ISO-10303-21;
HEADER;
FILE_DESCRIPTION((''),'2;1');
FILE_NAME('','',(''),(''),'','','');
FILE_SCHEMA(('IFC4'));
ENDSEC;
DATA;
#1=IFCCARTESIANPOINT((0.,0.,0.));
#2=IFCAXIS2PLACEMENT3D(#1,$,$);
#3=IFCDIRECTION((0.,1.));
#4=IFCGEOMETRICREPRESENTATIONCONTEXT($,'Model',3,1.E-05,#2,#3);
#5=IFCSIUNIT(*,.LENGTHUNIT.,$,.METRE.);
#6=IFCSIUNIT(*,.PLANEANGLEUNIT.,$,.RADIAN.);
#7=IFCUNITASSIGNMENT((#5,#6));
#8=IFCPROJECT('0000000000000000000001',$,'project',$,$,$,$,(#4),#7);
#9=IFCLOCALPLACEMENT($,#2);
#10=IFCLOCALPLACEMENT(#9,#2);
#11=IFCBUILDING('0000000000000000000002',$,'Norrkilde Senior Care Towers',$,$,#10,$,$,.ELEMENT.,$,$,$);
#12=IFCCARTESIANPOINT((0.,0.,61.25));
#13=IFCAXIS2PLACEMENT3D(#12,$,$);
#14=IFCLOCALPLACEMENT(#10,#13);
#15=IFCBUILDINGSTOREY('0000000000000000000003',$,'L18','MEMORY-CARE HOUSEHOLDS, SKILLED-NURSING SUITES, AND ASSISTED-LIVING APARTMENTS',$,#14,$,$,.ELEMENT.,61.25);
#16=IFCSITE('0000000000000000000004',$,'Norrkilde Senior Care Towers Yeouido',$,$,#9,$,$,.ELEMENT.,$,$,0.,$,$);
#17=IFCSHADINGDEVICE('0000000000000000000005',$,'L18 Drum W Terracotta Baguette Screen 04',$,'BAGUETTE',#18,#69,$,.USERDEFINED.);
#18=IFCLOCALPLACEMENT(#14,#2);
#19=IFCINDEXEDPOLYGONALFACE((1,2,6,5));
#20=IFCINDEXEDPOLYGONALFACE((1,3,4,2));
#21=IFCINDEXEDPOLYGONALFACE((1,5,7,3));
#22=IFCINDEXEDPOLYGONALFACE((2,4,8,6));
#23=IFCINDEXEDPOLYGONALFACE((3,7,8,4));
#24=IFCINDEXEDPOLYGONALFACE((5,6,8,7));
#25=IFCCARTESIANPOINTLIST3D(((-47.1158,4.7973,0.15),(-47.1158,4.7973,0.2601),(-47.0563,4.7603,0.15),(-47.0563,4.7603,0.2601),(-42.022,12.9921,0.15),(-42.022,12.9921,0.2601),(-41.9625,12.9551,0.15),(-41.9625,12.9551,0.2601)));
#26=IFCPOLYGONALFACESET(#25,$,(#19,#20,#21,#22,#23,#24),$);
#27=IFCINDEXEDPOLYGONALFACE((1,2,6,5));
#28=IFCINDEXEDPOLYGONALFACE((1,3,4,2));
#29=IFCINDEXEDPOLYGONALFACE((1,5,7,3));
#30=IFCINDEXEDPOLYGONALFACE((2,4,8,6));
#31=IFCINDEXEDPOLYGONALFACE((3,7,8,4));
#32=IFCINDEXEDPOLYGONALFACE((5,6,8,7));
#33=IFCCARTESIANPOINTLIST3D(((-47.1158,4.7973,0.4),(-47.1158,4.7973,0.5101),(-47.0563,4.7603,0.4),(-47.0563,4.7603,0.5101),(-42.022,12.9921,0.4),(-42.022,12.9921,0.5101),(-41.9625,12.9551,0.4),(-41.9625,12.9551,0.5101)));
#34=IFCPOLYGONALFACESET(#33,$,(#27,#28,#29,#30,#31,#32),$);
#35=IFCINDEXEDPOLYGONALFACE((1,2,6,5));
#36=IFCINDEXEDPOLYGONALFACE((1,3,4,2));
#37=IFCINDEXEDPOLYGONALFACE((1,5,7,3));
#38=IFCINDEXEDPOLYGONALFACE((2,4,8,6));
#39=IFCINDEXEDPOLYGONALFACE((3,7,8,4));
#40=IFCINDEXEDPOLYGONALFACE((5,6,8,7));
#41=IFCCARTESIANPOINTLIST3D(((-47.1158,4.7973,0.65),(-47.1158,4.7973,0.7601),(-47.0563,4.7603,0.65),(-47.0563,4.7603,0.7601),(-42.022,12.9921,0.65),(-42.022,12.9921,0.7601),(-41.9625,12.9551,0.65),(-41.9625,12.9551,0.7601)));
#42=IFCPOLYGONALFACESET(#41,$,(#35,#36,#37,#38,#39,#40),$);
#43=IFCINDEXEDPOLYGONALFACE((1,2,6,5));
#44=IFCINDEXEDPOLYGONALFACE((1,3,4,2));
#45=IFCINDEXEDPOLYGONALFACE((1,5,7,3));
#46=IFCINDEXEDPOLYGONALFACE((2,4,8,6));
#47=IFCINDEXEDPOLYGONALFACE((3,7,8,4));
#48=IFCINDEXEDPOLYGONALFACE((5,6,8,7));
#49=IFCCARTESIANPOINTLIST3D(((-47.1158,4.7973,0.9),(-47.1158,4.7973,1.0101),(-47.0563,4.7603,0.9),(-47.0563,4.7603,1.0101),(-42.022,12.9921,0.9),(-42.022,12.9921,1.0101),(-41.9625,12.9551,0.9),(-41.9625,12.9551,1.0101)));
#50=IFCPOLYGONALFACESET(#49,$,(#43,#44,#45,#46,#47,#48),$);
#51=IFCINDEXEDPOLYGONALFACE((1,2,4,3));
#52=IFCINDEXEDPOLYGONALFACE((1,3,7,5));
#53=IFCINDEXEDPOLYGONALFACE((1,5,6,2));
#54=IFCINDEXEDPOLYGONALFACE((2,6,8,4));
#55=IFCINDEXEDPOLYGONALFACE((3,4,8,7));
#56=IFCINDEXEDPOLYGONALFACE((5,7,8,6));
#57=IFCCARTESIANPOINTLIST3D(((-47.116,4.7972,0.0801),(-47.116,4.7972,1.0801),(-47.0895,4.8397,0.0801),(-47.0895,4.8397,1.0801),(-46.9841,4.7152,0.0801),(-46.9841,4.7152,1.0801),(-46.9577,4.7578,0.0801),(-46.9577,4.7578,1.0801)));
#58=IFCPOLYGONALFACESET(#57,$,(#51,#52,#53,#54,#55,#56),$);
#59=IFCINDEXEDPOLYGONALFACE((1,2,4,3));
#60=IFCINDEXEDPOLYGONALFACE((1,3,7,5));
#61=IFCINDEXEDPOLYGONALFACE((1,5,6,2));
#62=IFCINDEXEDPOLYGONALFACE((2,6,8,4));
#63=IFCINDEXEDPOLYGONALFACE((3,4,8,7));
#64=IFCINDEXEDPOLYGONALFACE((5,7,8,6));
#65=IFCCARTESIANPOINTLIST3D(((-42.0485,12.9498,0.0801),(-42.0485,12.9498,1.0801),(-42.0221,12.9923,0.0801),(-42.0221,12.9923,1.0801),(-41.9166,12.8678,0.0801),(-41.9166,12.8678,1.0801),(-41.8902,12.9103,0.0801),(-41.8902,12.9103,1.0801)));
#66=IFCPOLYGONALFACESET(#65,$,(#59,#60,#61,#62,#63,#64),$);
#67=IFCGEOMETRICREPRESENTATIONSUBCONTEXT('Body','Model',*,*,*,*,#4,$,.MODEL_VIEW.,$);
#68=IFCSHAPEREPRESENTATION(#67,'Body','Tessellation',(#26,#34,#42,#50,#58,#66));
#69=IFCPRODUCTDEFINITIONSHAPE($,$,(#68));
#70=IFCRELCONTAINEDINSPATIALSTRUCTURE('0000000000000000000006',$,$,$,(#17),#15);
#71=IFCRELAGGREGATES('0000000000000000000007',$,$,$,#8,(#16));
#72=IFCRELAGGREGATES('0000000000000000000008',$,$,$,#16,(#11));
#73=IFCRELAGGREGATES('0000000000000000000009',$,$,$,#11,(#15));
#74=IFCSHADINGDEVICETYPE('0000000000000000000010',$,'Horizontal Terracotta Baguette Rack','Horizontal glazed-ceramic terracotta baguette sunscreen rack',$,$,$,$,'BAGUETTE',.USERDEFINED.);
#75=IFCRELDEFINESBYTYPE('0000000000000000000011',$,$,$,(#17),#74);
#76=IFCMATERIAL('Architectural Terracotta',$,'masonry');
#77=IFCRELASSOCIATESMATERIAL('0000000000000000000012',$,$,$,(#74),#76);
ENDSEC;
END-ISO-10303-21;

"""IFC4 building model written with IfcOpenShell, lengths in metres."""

from ifc_helpers import new_model, si_unit, direction, frame, origin, origin_2d, place, context, subcontext, project, spatial, rectangle, extrude, source, transform, mapped, material, type_object, type_shapes, element, save


model = new_model("IFC4")

# Units and contexts
model_context = context("Model", 3, precision=1e-05, world=origin(), true_north=direction((0.0, 1.0)))
body_context = subcontext(model_context, "Body", "Model", "MODEL_VIEW")
ifc_project = project(units=[si_unit("LENGTHUNIT", "METRE"), si_unit("PLANEANGLEUNIT", "RADIAN")], contexts=[model_context])

# Site, building, storey
site_placement = place(None, origin())
site = spatial("IfcSite", under=ifc_project, at=site_placement, Name="Norrkilde Senior Care Towers Yeouido", CompositionType="ELEMENT", RefElevation=0.0)
building_placement = place(site_placement, origin())
building = spatial("IfcBuilding", under=site, at=building_placement, Name="Norrkilde Senior Care Towers", CompositionType="ELEMENT")
storey_placement = place(building_placement, frame((0.0, 0.0, 61.25)))
storey = spatial("IfcBuildingStorey", under=building, at=storey_placement, Name="L18", Description="MEMORY-CARE HOUSEHOLDS, SKILLED-NURSING SUITES, AND ASSISTED-LIVING APARTMENTS", CompositionType="ELEMENT", Elevation=61.25)

# Shading device
ifc_material_1 = material(Name="Architectural Terracotta", Category="masonry")
shading_device_type = type_object("IfcShadingDeviceType", Name="Horizontal Terracotta Baguette Rack", Description="Horizontal glazed-ceramic terracotta baguette sunscreen rack", ElementType="BAGUETTE", PredefinedType="USERDEFINED", material=ifc_material_1)
shared_shape_1 = source(origin(), body_context, "Body", "SweptSolid", [
    extrude(rectangle(XDim=0.0701, YDim=0.1101, at=origin_2d()), frame((0.0, 0.0901, 0.125), z_axis=(1.0, 0.0, 0.0), x_axis=(0.0, 1.0, 0.0)), (0.0, 0.0, 1.0), 9.6489),
    extrude(rectangle(XDim=0.0701, YDim=0.1101, at=origin_2d()), frame((0.0, 0.0901, 0.375), z_axis=(1.0, 0.0, 0.0), x_axis=(0.0, 1.0, 0.0)), (0.0, 0.0, 1.0), 9.6489),
    extrude(rectangle(XDim=0.0701, YDim=0.1101, at=origin_2d()), frame((0.0, 0.0901, 0.625), z_axis=(1.0, 0.0, 0.0), x_axis=(0.0, 1.0, 0.0)), (0.0, 0.0, 1.0), 9.6489),
    extrude(rectangle(XDim=0.0701, YDim=0.1101, at=origin_2d()), frame((0.0, 0.0901, 0.875), z_axis=(1.0, 0.0, 0.0), x_axis=(0.0, 1.0, 0.0)), (0.0, 0.0, 1.0), 9.6489),
    extrude(rectangle(XDim=0.05, YDim=0.1553, at=origin_2d()), frame((0.0249, 0.0476, 0.0)), (0.0, 0.0, 1.0), 1.0),
    extrude(rectangle(XDim=0.05, YDim=0.1553, at=origin_2d()), frame((9.624, 0.0476, 0.0)), (0.0, 0.0, 1.0), 1.0),
])
type_shapes(shading_device_type, [shared_shape_1])
shading_device_placement = place(storey_placement, frame((-47.0095, 4.7312, 0.0801), z_axis=(0.0, 0.0, 1.0), x_axis=(0.527909, 0.849299, 0.0)))
element("IfcShadingDevice", 1, at=shading_device_placement, inside=storey, type_object=shading_device_type, Name="L18 Drum W Terracotta Baguette Screen 04", ObjectType="BAGUETTE", PredefinedType="USERDEFINED", context=body_context, shape_type="MappedRepresentation", body=[
    mapped(shared_shape_1, transform((0.0, 0.0, 0.0), x_axis=(1.0, 0.0, 0.0), y_axis=(0.0, 1.0, 0.0), z_axis=(0.0, 0.0, 1.0), scale=1.0)),
])

save(model, "model.ifc")
